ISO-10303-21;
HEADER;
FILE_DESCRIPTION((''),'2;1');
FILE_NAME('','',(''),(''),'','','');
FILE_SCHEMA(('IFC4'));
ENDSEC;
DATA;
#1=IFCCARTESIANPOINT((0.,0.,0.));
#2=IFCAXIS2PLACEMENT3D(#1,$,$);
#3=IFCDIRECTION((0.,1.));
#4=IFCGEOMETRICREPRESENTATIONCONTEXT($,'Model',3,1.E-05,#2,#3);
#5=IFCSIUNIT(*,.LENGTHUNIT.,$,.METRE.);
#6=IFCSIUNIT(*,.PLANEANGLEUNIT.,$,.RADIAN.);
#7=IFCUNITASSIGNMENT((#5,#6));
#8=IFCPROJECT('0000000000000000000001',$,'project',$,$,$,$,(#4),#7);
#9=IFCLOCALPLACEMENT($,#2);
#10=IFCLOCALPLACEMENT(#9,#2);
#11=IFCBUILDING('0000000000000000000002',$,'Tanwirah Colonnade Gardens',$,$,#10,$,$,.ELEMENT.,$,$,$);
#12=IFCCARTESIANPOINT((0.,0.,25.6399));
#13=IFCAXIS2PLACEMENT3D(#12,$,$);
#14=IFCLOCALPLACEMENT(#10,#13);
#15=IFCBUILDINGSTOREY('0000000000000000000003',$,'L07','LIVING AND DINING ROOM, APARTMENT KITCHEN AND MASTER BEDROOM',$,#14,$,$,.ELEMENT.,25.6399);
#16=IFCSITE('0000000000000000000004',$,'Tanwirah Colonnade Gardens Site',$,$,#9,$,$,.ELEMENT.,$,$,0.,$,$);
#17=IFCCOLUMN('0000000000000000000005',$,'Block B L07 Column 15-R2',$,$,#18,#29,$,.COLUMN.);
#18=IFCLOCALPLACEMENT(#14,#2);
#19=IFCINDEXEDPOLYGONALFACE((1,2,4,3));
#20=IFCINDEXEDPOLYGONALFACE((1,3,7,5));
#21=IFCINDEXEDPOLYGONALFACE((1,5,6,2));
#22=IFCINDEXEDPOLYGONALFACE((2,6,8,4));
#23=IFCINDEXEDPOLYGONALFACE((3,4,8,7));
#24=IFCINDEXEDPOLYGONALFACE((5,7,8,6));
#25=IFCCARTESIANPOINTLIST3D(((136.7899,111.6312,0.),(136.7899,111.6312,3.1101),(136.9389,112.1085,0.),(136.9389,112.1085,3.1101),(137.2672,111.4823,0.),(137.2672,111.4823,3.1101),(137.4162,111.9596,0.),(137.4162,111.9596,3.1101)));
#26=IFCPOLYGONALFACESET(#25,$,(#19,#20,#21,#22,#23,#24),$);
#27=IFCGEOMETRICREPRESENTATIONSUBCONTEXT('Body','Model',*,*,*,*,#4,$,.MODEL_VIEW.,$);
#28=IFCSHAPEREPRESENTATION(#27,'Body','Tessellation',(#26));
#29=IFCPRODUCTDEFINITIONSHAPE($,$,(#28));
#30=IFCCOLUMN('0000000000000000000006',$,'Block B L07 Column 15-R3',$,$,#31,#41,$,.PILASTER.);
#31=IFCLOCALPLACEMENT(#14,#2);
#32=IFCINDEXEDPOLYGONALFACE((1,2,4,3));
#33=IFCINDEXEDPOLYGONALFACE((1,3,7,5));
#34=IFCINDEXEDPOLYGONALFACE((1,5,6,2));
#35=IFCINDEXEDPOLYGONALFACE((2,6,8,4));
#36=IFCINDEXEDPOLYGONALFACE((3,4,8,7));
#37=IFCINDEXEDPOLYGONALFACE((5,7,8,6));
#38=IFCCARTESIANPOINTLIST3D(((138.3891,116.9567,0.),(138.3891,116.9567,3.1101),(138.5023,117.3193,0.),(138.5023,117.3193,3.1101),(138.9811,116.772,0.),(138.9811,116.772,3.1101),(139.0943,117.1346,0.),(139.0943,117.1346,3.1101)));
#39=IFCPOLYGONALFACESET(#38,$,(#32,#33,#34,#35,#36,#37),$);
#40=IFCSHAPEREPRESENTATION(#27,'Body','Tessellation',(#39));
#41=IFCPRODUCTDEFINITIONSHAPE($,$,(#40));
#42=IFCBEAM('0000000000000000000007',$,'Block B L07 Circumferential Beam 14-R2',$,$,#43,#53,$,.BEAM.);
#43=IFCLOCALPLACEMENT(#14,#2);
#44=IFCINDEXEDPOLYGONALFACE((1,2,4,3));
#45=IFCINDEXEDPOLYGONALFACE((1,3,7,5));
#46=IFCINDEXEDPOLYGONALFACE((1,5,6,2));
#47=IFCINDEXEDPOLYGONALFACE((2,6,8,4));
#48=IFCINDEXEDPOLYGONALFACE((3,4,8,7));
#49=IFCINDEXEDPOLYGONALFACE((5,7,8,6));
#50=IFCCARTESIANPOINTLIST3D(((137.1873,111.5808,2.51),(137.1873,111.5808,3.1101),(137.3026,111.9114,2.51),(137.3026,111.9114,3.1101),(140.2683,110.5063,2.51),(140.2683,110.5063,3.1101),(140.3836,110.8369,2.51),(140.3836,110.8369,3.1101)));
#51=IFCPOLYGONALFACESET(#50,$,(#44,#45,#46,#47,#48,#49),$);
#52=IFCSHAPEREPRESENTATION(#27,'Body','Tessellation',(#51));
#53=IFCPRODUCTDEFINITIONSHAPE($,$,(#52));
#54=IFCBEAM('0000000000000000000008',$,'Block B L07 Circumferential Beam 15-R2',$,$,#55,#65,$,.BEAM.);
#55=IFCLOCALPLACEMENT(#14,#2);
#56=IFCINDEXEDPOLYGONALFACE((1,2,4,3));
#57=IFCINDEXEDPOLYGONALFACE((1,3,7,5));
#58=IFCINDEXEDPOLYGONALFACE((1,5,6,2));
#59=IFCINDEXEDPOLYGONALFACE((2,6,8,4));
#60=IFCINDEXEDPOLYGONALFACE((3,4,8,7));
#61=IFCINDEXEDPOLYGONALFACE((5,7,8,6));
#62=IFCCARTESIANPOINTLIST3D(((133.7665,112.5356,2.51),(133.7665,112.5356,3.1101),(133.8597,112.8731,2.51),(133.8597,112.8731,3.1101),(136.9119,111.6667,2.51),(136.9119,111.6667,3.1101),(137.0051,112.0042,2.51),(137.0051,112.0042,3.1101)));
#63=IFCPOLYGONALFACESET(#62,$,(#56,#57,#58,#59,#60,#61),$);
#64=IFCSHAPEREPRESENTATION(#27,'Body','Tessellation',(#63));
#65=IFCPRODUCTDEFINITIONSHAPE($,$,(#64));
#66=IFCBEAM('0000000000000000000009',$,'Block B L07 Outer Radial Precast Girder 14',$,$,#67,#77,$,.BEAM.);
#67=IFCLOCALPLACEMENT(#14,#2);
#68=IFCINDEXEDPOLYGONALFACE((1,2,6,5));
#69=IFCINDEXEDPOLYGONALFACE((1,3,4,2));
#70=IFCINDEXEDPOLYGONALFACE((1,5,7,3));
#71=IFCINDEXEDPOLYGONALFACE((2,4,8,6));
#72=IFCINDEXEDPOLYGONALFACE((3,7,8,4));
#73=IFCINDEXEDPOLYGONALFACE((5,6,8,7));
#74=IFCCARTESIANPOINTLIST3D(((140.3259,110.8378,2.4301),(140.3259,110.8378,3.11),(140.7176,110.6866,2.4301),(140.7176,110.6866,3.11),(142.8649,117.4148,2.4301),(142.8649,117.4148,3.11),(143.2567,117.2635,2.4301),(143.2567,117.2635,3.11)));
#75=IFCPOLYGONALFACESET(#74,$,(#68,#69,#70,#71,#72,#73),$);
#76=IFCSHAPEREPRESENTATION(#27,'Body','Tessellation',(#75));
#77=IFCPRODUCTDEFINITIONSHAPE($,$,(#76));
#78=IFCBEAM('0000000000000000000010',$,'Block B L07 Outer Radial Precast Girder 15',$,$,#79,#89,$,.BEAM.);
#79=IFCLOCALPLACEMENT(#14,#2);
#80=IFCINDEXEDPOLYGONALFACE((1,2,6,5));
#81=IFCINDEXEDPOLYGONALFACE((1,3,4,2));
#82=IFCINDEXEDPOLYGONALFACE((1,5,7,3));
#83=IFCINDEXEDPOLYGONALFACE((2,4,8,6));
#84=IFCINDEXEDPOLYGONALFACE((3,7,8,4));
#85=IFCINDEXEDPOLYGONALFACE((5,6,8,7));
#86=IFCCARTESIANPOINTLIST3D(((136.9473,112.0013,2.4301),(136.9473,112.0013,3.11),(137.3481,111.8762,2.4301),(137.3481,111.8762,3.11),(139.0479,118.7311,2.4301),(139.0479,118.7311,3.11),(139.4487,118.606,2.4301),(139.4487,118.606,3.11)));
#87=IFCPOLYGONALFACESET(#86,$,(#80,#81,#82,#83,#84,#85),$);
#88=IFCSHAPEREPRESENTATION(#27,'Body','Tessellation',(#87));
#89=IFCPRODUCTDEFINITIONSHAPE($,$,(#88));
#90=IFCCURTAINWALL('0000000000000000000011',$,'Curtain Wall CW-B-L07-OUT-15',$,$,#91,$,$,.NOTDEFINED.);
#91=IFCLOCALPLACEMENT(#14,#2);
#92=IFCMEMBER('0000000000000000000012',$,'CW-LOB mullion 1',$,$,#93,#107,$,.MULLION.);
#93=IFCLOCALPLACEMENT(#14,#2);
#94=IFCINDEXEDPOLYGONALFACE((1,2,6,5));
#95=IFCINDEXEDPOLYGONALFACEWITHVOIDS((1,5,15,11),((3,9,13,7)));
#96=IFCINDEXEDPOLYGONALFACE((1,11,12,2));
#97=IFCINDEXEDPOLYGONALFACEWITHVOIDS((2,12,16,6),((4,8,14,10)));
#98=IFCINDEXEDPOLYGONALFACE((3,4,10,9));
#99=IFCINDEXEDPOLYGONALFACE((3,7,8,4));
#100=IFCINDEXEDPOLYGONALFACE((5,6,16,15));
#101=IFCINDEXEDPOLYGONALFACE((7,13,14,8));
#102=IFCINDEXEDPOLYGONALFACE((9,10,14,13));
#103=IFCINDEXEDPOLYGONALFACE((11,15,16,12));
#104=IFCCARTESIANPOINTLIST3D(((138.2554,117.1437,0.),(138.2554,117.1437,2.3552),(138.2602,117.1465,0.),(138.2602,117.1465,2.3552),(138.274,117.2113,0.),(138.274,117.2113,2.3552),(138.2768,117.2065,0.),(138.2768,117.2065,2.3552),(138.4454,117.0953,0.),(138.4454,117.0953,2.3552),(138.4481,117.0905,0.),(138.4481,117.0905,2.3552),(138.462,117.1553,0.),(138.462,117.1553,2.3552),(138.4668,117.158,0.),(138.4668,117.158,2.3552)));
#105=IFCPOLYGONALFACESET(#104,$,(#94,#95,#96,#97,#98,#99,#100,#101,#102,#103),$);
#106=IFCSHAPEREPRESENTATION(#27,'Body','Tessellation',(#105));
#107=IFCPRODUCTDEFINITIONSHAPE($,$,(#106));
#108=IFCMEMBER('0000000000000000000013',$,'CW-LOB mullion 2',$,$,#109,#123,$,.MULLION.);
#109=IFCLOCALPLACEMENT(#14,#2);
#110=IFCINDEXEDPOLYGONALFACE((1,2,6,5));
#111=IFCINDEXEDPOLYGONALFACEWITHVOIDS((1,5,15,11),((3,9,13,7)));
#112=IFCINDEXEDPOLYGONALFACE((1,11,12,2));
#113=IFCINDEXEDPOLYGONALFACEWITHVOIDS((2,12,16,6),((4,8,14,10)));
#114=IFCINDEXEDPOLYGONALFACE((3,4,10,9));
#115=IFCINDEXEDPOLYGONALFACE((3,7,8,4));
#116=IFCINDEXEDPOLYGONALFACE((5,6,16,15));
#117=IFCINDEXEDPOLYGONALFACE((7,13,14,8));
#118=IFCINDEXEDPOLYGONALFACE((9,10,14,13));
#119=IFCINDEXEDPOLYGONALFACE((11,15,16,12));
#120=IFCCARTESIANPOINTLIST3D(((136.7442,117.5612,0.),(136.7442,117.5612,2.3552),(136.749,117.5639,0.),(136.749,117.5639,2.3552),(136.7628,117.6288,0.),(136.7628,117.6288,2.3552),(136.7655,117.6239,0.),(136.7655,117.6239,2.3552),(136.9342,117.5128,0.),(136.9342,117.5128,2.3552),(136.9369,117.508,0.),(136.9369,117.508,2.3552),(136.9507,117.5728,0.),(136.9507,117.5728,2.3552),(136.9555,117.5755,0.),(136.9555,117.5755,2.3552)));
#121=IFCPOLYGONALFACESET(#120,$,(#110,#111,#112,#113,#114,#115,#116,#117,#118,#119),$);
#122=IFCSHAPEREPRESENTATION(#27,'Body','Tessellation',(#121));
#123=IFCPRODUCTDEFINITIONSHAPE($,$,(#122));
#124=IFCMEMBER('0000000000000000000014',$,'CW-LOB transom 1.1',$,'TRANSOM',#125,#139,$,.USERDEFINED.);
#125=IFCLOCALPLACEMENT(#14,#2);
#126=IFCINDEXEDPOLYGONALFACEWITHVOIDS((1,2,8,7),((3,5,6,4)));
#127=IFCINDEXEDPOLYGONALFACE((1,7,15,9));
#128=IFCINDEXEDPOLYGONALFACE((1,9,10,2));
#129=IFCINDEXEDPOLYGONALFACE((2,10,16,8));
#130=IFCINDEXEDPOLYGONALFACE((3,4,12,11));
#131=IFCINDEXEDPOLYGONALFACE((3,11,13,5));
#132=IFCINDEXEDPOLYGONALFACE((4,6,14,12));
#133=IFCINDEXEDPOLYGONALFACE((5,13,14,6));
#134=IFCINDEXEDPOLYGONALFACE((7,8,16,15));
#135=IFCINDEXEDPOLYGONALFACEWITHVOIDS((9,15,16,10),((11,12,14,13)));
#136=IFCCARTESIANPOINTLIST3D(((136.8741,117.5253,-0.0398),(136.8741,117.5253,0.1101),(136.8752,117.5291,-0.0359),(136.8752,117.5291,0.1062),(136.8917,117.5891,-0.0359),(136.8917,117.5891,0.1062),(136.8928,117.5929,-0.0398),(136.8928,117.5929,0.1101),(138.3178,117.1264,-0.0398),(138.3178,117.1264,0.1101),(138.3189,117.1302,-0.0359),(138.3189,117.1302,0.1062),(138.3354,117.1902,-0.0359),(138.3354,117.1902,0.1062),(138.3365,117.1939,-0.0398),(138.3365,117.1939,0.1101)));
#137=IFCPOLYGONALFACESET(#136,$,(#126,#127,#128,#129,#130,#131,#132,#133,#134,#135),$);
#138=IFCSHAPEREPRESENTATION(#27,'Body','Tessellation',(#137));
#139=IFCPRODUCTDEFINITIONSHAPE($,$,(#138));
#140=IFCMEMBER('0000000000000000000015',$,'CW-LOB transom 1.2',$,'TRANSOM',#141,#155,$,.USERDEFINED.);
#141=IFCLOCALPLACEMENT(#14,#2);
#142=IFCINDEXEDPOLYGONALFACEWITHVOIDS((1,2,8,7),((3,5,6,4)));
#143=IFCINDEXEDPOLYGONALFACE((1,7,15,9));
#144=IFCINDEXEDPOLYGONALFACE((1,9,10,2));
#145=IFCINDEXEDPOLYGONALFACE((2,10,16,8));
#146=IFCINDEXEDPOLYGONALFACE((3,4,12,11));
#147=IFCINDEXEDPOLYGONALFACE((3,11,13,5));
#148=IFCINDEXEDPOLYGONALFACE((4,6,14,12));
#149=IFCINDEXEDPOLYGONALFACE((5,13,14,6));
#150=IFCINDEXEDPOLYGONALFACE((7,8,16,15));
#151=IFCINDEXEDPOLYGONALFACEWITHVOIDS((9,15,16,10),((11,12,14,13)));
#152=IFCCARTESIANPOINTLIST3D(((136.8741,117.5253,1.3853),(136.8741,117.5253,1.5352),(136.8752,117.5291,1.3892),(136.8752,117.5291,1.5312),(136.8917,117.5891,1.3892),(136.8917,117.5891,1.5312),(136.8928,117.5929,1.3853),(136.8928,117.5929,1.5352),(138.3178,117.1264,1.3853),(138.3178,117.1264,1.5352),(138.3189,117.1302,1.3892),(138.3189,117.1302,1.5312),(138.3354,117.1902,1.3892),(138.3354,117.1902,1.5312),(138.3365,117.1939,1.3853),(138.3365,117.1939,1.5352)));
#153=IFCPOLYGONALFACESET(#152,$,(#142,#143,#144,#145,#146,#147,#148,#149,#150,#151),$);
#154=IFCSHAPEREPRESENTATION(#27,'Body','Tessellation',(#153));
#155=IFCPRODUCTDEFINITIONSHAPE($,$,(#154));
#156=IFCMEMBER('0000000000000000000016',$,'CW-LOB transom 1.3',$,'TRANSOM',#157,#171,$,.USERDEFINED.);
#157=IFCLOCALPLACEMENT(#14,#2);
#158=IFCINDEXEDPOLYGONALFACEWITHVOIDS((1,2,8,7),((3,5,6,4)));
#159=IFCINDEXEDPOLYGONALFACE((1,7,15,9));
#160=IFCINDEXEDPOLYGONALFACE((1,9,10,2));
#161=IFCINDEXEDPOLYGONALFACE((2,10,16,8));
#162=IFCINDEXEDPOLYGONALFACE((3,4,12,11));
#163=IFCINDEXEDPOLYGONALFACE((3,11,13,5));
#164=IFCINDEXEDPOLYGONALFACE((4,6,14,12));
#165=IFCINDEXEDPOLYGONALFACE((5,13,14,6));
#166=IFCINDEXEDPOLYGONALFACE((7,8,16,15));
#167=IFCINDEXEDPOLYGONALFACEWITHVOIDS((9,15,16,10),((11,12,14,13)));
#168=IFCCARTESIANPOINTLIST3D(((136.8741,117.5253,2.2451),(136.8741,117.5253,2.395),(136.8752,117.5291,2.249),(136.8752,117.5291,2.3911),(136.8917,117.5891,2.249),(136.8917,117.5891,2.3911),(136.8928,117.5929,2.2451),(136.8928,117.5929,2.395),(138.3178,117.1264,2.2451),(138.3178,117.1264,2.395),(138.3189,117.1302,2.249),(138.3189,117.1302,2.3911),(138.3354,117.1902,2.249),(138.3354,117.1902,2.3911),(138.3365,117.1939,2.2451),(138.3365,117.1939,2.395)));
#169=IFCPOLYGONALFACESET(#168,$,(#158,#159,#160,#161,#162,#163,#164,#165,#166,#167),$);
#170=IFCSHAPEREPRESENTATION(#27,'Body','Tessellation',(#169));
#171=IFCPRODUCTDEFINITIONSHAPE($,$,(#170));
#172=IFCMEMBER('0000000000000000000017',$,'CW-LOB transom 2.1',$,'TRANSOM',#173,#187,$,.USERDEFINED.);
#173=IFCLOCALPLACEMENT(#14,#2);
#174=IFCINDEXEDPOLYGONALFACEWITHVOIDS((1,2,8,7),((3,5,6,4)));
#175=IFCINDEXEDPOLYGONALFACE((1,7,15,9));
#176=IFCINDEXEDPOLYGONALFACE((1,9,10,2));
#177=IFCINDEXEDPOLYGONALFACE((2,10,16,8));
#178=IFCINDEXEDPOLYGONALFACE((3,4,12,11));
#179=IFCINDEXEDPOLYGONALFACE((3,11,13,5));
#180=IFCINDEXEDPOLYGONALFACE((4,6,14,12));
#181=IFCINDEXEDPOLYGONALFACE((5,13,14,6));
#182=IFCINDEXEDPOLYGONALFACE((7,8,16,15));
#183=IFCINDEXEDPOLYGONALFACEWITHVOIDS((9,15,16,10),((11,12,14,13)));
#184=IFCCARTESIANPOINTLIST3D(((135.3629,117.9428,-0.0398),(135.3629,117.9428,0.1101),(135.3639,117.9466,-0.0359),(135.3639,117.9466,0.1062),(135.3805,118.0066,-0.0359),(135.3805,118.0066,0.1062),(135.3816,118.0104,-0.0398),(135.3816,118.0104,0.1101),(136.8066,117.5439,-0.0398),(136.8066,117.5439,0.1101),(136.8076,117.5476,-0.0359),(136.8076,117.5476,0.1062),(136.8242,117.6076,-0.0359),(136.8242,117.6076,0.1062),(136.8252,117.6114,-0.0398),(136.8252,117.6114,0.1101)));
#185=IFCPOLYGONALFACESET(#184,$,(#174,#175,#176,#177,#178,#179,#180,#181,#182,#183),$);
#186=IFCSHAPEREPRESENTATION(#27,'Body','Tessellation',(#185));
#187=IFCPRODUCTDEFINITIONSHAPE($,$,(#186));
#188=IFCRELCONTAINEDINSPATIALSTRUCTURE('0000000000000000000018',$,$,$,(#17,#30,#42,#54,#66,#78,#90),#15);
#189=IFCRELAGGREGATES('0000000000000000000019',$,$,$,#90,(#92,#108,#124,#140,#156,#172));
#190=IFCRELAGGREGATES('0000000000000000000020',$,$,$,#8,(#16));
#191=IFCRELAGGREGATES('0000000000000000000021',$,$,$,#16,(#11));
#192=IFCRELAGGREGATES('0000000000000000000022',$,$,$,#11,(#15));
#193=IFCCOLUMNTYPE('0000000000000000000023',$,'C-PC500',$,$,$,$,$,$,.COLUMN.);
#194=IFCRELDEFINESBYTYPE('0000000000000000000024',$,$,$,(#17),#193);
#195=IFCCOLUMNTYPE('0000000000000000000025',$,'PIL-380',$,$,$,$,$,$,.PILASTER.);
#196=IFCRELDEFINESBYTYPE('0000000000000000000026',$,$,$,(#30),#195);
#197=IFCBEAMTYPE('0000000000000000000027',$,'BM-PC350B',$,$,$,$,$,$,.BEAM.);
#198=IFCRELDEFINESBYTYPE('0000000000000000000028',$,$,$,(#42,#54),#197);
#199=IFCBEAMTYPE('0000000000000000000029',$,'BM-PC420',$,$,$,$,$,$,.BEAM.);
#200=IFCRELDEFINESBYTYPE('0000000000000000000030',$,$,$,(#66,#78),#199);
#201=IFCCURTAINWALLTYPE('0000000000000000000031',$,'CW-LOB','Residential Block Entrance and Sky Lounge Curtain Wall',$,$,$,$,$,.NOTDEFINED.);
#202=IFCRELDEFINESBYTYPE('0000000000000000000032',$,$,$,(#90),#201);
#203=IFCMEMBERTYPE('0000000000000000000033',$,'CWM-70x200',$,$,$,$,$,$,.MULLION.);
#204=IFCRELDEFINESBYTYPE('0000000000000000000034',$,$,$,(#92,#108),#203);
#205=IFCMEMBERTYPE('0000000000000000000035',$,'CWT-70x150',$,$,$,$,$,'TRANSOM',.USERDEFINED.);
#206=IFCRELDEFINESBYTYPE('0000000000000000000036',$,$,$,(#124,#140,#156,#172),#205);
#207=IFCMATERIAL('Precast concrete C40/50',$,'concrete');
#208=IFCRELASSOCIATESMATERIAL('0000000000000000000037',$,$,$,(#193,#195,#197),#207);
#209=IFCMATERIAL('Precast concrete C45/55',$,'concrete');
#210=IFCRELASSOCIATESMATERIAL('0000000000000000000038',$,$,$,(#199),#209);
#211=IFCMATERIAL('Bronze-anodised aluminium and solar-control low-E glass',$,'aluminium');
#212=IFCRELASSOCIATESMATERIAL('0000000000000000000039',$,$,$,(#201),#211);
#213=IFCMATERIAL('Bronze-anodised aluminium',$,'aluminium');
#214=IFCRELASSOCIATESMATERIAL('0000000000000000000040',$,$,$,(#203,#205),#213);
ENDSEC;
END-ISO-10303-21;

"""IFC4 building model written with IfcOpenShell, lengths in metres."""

from ifc_helpers import new_model, si_unit, direction, frame, origin, origin_2d, place, context, subcontext, project, spatial, rectangle, hollow_rectangle, extrude, material, material_profile, profile_set, type_object, element, aggregate, save


model = new_model("IFC4")

# Units and contexts
model_context = context("Model", 3, precision=1e-05, world=origin(), true_north=direction((0.0, 1.0)))
body_context = subcontext(model_context, "Body", "Model", "MODEL_VIEW")
ifc_project = project(units=[si_unit("LENGTHUNIT", "METRE"), si_unit("PLANEANGLEUNIT", "RADIAN")], contexts=[model_context])

# Site, building, storey
site_placement = place(None, origin())
site = spatial("IfcSite", under=ifc_project, at=site_placement, Name="Tanwirah Colonnade Gardens Site", CompositionType="ELEMENT", RefElevation=0.0)
building_placement = place(site_placement, origin())
building = spatial("IfcBuilding", under=site, at=building_placement, Name="Tanwirah Colonnade Gardens", CompositionType="ELEMENT")
storey_placement = place(building_placement, frame((0.0, 0.0, 25.6399)))
storey = spatial("IfcBuildingStorey", under=building, at=storey_placement, Name="L07", Description="LIVING AND DINING ROOM, APARTMENT KITCHEN AND MASTER BEDROOM", CompositionType="ELEMENT", Elevation=25.6399)

# Columns
ifc_material_1 = material(Name="Precast concrete C40/50", Category="concrete")
ifc_material_profile_1 = material_profile(ifc_material_1, rectangle(XDim=0.5, YDim=0.5, at=origin_2d()), Name="PC-COL 500x500")
ifc_profile_set_1 = profile_set([ifc_material_profile_1], Name="Precast concrete C40/50")
column_type_1 = type_object("IfcColumnType", Name="C-PC500", PredefinedType="COLUMN", material=ifc_profile_set_1)
column_1_placement = place(storey_placement, frame((137.103, 111.7954, 0.0), z_axis=(0.0, 0.0, 1.0), x_axis=(0.29793, 0.954588, 0.0)))
element("IfcColumn", 1, at=column_1_placement, inside=storey, type_object=column_type_1, Name="Block B L07 Column 15-R2", PredefinedType="COLUMN", context=body_context, shape_type="SweptSolid", body=[
    extrude(rectangle(XDim=0.5, YDim=0.5, at=origin_2d()), origin(), (0.0, 0.0, 1.0), 3.1101),
])
ifc_material_profile_2 = material_profile(ifc_material_1, rectangle(XDim=0.3799, YDim=0.6201, at=origin_2d()), Name="PC-PIL 380x620")
ifc_profile_set_2 = profile_set([ifc_material_profile_2], Name="Precast concrete C40/50")
column_type_2 = type_object("IfcColumnType", Name="PIL-380", PredefinedType="PILASTER", material=ifc_profile_set_2)
column_2_placement = place(storey_placement, frame((138.7417, 117.0457, 0.0), z_axis=(0.0, 0.0, 1.0), x_axis=(0.29793, 0.954588, 0.0)))
element("IfcColumn", 2, at=column_2_placement, inside=storey, type_object=column_type_2, Name="Block B L07 Column 15-R3", PredefinedType="PILASTER", context=body_context, shape_type="SweptSolid", body=[
    extrude(rectangle(XDim=0.3799, YDim=0.6201, at=origin_2d()), origin(), (0.0, 0.0, 1.0), 3.1101),
])

# Beams
ifc_material_profile_3 = material_profile(ifc_material_1, rectangle(XDim=0.3501, YDim=0.6001, at=origin_2d()), Name="PC-BM 350x600")
ifc_profile_set_3 = profile_set([ifc_material_profile_3], Name="Precast concrete C40/50")
beam_type_1 = type_object("IfcBeamType", Name="BM-PC350B", PredefinedType="BEAM", material=ifc_profile_set_3)
beam_1_placement = place(storey_placement, frame((140.3259, 110.6716, 2.8101), z_axis=(-0.944231, 0.329284, 0.0), x_axis=(-0.329284, -0.944231, 0.0)))
element("IfcBeam", 3, at=beam_1_placement, inside=storey, type_object=beam_type_1, Name="Block B L07 Circumferential Beam 14-R2", PredefinedType="BEAM", context=body_context, shape_type="SweptSolid", body=[
    extrude(rectangle(XDim=0.3501, YDim=0.6001, at=origin_2d()), origin(), (0.0, 0.0, 1.0), 3.2629),
])
beam_2_placement = place(storey_placement, frame((136.9585, 111.8354, 2.8101), z_axis=(-0.963895, 0.266281, 0.0), x_axis=(-0.266281, -0.963895, 0.0)))
element("IfcBeam", 4, at=beam_2_placement, inside=storey, type_object=beam_type_1, Name="Block B L07 Circumferential Beam 15-R2", PredefinedType="BEAM", context=body_context, shape_type="SweptSolid", body=[
    extrude(rectangle(XDim=0.3501, YDim=0.6001, at=origin_2d()), origin(), (0.0, 0.0, 1.0), 3.2632),
])
ifc_material_2 = material(Name="Precast concrete C45/55", Category="concrete")
ifc_material_profile_4 = material_profile(ifc_material_2, rectangle(XDim=0.4199, YDim=0.6799, at=origin_2d()), Name="PC-BM 420x680")
ifc_profile_set_4 = profile_set([ifc_material_profile_4], Name="Precast concrete C45/55")
beam_type_2 = type_object("IfcBeamType", Name="BM-PC420", PredefinedType="BEAM", material=ifc_profile_set_4)
for number, where, z_axis, x_axis, name in (
    (5, (140.5217, 110.7622, 2.77), (0.360151, 0.932894, 0.0), (-0.932894, 0.360151, 0.0), "Block B L07 Outer Radial Precast Girder 14"),
    (6, (137.1477, 111.9387, 2.77), (0.297958, 0.954579, 0.0), (-0.954579, 0.297958, 0.0), "Block B L07 Outer Radial Precast Girder 15"),
):
    element("IfcBeam", number, at=place(storey_placement, frame(where, z_axis=z_axis, x_axis=x_axis)), inside=storey, type_object=beam_type_2, Name=name, PredefinedType="BEAM", context=body_context, shape_type="SweptSolid", body=[
        extrude(rectangle(XDim=0.4199, YDim=0.6799, at=origin_2d()), origin(), (0.0, 0.0, 1.0), 7.05),
    ])

# Curtain wall, members
ifc_material_3 = material(Name="Bronze-anodised aluminium and solar-control low-E glass", Category="aluminium")
curtain_wall_type = type_object("IfcCurtainWallType", Name="CW-LOB", Description="Residential Block Entrance and Sky Lounge Curtain Wall", PredefinedType="NOTDEFINED", material=ifc_material_3)
curtain_wall_placement = place(storey_placement, origin())
curtain_wall = element("IfcCurtainWall", 7, at=curtain_wall_placement, inside=storey, type_object=curtain_wall_type, Name="Curtain Wall CW-B-L07-OUT-15", PredefinedType="NOTDEFINED")
ifc_material_4 = material(Name="Bronze-anodised aluminium", Category="aluminium")
ifc_material_profile_5 = material_profile(ifc_material_4, hollow_rectangle(XDim=0.0701, YDim=0.2, WallThickness=0.0039, at=origin_2d()), Name="CW-MUL 70x200x4")
ifc_profile_set_5 = profile_set([ifc_material_profile_5], Name="Bronze-anodised aluminium")
member_type_1 = type_object("IfcMemberType", Name="CWM-70x200", PredefinedType="MULLION", material=ifc_profile_set_5)
member_1_placement = place(storey_placement, frame((138.3611, 117.1509, 0.0), z_axis=(0.0, 0.0, 1.0), x_axis=(-0.266305, -0.963889, 0.0)))
member_1 = element("IfcMember", 8, at=member_1_placement, type_object=member_type_1, Name="CW-LOB mullion 1", PredefinedType="MULLION", context=body_context, shape_type="SweptSolid", body=[
    extrude(hollow_rectangle(XDim=0.0701, YDim=0.2, WallThickness=0.0039, at=origin_2d()), origin(), (0.0, 0.0, 1.0), 2.3552),
])
member_2_placement = place(storey_placement, frame((136.8499, 117.5684, 0.0), z_axis=(0.0, 0.0, 1.0), x_axis=(-0.266305, -0.963889, 0.0)))
member_2 = element("IfcMember", 9, at=member_2_placement, type_object=member_type_1, Name="CW-LOB mullion 2", PredefinedType="MULLION", context=body_context, shape_type="SweptSolid", body=[
    extrude(hollow_rectangle(XDim=0.0701, YDim=0.2, WallThickness=0.0039, at=origin_2d()), origin(), (0.0, 0.0, 1.0), 2.3552),
])
ifc_material_profile_6 = material_profile(ifc_material_4, hollow_rectangle(XDim=0.0701, YDim=0.1499, WallThickness=0.0039, at=origin_2d()), Name="CW-TRN 70x150x4")
ifc_profile_set_6 = profile_set([ifc_material_profile_6], Name="Bronze-anodised aluminium")
member_type_2 = type_object("IfcMemberType", Name="CWT-70x150", ElementType="TRANSOM", PredefinedType="USERDEFINED", material=ifc_profile_set_6)
member_3_placement = place(storey_placement, frame((138.3271, 117.1602, 0.0352), z_axis=(-0.963874, 0.266357, 0.0), x_axis=(-0.266357, -0.963874, 0.0)))
member_3 = element("IfcMember", 10, at=member_3_placement, type_object=member_type_2, Name="CW-LOB transom 1.1", ObjectType="TRANSOM", PredefinedType="USERDEFINED", context=body_context, shape_type="SweptSolid", body=[
    extrude(hollow_rectangle(XDim=0.0701, YDim=0.1499, WallThickness=0.0039, at=origin_2d()), origin(), (0.0, 0.0, 1.0), 1.4978),
])
member_4_placement = place(storey_placement, frame((138.3271, 117.1602, 1.4602), z_axis=(-0.963874, 0.266357, 0.0), x_axis=(-0.266357, -0.963874, 0.0)))
member_4 = element("IfcMember", 11, at=member_4_placement, type_object=member_type_2, Name="CW-LOB transom 1.2", ObjectType="TRANSOM", PredefinedType="USERDEFINED", context=body_context, shape_type="SweptSolid", body=[
    extrude(hollow_rectangle(XDim=0.0701, YDim=0.1499, WallThickness=0.0039, at=origin_2d()), origin(), (0.0, 0.0, 1.0), 1.4978),
])
member_5_placement = place(storey_placement, frame((138.3271, 117.1602, 2.3201), z_axis=(-0.963874, 0.266357, 0.0), x_axis=(-0.266357, -0.963874, 0.0)))
member_5 = element("IfcMember", 12, at=member_5_placement, type_object=member_type_2, Name="CW-LOB transom 1.3", ObjectType="TRANSOM", PredefinedType="USERDEFINED", context=body_context, shape_type="SweptSolid", body=[
    extrude(hollow_rectangle(XDim=0.0701, YDim=0.1499, WallThickness=0.0039, at=origin_2d()), origin(), (0.0, 0.0, 1.0), 1.4978),
])
member_6_placement = place(storey_placement, frame((136.8159, 117.5776, 0.0352), z_axis=(-0.963874, 0.266357, 0.0), x_axis=(-0.266357, -0.963874, 0.0)))
member_6 = element("IfcMember", 13, at=member_6_placement, type_object=member_type_2, Name="CW-LOB transom 2.1", ObjectType="TRANSOM", PredefinedType="USERDEFINED", context=body_context, shape_type="SweptSolid", body=[
    extrude(hollow_rectangle(XDim=0.0701, YDim=0.1499, WallThickness=0.0039, at=origin_2d()), origin(), (0.0, 0.0, 1.0), 1.4978),
])

aggregate(curtain_wall, [member_1, member_2, member_3, member_4, member_5, member_6])

save(model, "model.ifc")
